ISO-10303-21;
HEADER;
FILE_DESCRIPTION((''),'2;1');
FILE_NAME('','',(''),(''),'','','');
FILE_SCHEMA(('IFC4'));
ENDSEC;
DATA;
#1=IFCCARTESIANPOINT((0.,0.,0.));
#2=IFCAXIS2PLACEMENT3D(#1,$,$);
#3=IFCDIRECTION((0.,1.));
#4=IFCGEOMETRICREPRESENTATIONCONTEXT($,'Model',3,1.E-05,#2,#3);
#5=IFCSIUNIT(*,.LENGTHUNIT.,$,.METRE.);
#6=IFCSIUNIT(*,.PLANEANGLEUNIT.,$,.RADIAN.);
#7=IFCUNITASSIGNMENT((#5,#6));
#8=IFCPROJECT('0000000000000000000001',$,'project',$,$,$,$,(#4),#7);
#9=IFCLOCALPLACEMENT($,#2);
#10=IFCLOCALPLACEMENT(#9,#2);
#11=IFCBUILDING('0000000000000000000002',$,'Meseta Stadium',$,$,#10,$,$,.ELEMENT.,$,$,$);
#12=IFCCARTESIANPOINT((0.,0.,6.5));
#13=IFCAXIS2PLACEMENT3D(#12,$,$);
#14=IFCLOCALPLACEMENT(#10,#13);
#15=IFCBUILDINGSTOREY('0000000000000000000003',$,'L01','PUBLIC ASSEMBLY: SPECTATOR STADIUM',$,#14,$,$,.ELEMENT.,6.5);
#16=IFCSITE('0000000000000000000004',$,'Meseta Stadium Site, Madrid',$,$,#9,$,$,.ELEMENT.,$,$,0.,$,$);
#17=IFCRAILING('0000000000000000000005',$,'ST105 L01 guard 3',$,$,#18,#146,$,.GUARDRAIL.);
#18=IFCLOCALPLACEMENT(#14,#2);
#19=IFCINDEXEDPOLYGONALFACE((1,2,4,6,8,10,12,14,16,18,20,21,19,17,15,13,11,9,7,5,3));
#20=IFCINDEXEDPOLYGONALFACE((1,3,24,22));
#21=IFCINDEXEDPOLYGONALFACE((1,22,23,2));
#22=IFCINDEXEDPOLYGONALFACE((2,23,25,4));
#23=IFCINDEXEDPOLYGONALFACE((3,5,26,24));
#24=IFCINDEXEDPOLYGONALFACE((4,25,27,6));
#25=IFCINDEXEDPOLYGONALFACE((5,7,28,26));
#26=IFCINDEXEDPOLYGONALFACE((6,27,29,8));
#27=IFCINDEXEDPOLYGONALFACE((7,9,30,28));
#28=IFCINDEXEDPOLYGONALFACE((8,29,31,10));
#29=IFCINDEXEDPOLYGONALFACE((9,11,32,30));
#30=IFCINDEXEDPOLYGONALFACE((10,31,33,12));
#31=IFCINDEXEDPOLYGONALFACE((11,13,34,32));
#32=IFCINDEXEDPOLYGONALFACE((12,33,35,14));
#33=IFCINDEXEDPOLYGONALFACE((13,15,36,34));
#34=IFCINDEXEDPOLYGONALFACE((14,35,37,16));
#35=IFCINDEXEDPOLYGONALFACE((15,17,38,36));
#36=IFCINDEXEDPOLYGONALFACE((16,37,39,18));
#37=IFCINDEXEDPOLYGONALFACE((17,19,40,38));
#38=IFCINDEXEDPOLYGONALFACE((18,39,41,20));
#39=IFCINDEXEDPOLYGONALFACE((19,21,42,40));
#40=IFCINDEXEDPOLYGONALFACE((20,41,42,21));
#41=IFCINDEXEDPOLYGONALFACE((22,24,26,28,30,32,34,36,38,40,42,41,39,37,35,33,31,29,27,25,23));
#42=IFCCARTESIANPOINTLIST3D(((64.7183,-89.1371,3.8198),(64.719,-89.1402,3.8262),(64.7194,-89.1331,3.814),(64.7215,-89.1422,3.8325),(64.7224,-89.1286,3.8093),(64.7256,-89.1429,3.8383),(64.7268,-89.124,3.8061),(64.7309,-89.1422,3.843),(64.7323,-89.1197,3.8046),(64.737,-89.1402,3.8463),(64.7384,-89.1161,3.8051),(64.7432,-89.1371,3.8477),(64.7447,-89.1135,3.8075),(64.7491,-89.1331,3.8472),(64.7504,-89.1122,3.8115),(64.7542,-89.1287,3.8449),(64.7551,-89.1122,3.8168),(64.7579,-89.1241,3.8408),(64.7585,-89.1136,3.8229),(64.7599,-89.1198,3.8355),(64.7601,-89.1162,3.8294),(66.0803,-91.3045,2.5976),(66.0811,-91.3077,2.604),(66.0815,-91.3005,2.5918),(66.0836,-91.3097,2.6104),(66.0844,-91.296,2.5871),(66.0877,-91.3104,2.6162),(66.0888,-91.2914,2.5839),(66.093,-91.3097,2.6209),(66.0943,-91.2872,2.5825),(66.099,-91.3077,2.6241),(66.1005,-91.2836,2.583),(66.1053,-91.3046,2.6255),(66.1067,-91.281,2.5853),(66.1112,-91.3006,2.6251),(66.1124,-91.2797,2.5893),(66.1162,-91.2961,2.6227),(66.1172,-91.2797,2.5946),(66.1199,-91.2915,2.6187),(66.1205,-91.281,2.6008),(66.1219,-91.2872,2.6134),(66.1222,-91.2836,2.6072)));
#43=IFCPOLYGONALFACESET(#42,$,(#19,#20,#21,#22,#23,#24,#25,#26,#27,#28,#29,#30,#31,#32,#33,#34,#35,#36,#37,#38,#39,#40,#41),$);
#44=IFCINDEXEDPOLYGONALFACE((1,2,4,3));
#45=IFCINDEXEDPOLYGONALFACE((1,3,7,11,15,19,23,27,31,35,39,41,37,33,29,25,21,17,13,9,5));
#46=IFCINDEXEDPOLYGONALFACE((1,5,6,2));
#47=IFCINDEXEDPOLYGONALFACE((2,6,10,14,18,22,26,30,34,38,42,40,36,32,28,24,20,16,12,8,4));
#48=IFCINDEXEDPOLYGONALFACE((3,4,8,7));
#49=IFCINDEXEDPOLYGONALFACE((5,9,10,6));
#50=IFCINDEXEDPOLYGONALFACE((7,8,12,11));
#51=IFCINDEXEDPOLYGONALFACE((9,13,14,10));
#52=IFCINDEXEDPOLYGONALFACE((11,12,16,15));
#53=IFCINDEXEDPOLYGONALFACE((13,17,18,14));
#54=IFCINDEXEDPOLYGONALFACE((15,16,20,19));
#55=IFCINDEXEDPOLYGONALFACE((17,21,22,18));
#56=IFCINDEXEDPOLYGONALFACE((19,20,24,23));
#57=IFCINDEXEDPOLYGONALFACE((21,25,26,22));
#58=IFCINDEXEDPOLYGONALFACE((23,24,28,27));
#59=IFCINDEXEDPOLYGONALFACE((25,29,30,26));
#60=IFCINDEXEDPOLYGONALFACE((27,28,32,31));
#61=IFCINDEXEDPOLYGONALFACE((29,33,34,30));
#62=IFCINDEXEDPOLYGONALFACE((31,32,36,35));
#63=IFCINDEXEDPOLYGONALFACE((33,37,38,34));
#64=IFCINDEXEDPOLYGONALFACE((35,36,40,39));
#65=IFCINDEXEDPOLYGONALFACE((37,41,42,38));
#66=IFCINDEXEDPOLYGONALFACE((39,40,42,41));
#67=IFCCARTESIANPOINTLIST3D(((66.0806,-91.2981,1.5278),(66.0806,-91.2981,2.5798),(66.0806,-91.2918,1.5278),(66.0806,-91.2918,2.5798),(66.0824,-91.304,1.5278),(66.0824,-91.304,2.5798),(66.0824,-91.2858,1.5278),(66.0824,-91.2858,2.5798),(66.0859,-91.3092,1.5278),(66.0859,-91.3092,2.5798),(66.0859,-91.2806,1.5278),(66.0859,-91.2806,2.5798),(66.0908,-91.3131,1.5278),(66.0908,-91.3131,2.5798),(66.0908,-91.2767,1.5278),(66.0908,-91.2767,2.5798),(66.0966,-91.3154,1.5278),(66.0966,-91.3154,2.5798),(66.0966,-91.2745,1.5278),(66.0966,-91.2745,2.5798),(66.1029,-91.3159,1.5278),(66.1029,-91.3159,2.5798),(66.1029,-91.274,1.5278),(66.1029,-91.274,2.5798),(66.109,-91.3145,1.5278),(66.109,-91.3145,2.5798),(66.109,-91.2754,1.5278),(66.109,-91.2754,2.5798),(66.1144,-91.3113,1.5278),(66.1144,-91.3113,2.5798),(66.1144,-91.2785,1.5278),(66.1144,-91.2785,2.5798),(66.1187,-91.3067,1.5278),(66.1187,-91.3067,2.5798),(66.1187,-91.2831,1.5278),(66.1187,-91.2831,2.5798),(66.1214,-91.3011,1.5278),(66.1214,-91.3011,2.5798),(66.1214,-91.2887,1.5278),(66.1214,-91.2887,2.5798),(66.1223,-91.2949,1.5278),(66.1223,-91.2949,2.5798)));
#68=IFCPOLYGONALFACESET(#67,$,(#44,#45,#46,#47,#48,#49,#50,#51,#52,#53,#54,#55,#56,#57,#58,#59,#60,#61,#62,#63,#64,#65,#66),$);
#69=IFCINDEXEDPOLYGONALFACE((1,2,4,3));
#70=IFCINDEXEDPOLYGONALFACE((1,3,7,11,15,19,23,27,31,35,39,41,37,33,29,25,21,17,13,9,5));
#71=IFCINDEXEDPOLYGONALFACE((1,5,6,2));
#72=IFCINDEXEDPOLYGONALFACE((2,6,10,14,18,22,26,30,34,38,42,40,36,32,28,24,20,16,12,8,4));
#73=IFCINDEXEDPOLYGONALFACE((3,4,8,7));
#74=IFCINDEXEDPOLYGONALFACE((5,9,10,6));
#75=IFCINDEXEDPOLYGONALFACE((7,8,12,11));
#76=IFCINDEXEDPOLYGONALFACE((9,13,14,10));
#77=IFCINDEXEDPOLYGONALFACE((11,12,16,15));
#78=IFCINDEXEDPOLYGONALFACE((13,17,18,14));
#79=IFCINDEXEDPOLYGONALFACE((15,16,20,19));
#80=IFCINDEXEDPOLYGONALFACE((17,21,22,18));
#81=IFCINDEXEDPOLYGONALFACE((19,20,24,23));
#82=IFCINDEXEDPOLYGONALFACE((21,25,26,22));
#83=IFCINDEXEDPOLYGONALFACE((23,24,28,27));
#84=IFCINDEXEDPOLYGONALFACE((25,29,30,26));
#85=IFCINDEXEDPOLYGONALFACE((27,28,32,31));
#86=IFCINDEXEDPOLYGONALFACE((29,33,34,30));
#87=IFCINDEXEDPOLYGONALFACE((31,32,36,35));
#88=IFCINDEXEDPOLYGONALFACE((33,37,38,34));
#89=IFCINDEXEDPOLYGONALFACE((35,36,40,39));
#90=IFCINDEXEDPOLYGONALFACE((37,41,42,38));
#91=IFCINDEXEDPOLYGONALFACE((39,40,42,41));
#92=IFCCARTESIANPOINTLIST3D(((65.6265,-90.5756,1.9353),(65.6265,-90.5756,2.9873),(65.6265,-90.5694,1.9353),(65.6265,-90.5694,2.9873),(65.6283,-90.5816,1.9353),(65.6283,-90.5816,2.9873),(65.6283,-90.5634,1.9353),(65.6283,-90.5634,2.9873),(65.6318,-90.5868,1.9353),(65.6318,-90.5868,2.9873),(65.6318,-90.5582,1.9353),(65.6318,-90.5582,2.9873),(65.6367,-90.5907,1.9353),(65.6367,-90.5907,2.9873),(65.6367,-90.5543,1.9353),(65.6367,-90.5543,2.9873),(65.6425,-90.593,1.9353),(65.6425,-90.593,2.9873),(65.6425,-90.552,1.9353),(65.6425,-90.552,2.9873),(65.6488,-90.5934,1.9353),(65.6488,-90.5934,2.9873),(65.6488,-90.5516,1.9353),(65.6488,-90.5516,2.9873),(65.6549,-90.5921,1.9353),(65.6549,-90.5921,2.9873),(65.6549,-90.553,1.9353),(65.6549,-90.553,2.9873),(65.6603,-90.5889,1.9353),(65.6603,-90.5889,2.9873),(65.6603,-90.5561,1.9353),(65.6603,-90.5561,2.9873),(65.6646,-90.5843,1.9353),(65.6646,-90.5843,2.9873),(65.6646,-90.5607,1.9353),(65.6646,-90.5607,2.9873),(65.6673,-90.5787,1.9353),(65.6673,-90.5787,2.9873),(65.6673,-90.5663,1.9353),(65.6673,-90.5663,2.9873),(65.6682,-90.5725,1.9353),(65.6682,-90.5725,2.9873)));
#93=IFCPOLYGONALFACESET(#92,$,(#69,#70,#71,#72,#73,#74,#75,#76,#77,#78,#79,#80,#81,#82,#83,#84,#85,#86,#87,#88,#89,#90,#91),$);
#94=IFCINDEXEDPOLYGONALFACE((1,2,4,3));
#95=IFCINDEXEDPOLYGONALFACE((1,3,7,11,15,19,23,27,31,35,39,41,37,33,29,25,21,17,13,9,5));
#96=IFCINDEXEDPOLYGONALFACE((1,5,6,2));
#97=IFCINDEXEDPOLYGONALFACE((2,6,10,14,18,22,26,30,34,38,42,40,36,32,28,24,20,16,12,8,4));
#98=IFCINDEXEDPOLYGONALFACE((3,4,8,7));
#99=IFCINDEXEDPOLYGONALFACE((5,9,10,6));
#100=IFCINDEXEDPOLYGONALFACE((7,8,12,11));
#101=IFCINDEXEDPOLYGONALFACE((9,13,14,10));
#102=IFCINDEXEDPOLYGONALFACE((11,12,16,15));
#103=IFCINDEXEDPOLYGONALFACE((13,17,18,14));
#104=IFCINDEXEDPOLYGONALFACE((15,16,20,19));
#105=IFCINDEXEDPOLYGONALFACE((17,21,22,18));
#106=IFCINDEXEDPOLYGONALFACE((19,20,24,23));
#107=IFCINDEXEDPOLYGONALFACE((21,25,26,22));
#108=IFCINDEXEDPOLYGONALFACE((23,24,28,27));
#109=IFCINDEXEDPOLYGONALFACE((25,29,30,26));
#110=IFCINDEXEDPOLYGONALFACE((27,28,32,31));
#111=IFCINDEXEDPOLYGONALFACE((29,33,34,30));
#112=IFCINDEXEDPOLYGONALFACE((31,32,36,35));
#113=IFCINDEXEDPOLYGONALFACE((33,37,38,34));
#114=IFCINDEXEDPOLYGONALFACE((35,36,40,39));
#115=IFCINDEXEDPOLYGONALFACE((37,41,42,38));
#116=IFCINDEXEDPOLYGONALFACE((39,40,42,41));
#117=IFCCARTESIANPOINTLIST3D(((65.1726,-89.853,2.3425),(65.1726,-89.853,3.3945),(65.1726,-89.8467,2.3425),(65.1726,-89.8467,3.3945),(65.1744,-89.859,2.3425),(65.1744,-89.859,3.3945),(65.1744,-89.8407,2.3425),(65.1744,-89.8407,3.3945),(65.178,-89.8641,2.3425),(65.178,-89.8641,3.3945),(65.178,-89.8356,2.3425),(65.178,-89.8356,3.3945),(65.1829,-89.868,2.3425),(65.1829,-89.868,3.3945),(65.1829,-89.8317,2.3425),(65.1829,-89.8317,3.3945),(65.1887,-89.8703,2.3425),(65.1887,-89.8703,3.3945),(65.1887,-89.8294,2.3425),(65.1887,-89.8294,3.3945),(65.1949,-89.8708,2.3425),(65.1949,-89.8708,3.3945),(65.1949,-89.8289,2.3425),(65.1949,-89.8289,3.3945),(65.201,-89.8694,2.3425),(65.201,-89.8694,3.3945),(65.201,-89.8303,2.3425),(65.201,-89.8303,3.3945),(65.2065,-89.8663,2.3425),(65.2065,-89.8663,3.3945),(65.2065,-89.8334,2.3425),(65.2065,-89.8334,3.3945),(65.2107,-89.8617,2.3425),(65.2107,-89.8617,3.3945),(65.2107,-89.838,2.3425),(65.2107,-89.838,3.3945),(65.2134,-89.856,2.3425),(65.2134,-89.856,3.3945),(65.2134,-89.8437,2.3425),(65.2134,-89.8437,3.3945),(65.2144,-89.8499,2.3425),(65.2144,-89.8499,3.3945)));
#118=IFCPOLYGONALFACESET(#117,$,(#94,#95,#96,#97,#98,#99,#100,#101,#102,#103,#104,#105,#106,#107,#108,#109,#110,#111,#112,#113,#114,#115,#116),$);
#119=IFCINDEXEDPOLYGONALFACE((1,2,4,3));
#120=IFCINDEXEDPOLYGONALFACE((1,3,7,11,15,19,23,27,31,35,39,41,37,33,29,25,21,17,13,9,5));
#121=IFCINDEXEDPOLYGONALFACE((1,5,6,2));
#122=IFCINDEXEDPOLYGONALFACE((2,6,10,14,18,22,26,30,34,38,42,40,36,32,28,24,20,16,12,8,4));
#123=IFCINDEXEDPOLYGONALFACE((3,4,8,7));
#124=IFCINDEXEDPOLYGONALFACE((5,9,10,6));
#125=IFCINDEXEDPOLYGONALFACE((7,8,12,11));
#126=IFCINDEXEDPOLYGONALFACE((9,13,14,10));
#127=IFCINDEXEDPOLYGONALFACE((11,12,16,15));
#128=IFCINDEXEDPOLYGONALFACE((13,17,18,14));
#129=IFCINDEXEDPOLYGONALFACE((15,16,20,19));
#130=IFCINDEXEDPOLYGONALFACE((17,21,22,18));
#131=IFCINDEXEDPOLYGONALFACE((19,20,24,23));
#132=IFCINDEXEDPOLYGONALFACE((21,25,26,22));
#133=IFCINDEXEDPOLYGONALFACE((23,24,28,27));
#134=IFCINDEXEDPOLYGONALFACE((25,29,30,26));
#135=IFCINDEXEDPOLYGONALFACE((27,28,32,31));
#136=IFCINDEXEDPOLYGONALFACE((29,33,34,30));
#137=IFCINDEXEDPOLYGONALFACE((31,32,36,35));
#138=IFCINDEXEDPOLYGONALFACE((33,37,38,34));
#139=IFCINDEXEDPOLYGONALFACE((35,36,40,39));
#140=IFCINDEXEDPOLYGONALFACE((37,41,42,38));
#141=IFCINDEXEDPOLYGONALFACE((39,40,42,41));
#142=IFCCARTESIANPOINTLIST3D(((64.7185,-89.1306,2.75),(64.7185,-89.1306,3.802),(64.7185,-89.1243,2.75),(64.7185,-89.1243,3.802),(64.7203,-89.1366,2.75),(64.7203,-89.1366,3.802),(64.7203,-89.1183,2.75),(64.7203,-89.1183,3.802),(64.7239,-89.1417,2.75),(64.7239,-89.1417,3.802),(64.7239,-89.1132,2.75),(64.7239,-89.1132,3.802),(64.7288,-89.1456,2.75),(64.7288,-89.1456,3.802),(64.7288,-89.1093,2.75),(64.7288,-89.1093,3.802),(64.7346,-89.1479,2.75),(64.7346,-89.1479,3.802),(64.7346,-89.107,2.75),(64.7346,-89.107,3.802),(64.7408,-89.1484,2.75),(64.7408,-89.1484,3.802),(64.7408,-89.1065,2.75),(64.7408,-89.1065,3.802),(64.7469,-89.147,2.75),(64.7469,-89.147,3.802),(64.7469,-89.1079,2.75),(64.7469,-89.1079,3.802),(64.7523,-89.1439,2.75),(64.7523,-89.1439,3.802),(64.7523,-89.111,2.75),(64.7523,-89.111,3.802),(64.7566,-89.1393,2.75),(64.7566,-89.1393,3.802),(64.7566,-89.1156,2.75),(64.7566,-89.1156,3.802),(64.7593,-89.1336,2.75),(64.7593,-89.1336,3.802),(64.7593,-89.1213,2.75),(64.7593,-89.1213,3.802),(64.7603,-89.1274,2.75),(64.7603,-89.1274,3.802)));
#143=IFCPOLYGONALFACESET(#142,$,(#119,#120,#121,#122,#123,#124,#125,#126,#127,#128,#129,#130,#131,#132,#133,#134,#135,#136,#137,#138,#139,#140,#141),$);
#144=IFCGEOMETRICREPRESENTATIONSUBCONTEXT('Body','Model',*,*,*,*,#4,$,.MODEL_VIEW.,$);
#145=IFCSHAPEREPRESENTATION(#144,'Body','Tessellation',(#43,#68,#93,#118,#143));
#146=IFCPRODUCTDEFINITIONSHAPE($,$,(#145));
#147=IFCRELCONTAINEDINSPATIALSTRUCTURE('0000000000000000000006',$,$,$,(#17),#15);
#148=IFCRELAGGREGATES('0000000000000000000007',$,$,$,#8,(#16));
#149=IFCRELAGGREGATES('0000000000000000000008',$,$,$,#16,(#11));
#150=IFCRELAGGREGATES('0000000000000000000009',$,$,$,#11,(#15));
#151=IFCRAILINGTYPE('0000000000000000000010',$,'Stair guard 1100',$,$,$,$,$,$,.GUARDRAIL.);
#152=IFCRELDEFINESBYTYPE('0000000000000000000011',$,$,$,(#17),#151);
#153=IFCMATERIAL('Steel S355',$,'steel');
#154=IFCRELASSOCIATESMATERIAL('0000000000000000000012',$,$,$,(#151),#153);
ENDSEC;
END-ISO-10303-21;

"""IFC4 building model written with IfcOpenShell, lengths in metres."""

from ifc_helpers import new_model, si_unit, direction, frame, origin, origin_2d, place, context, subcontext, project, spatial, circle, extrude, material, type_object, element, save


model = new_model("IFC4")

# Units and contexts
model_context = context("Model", 3, precision=1e-05, world=origin(), true_north=direction((0.0, 1.0)))
body_context = subcontext(model_context, "Body", "Model", "MODEL_VIEW")
ifc_project = project(units=[si_unit("LENGTHUNIT", "METRE"), si_unit("PLANEANGLEUNIT", "RADIAN")], contexts=[model_context])

# Site, building, storey
site_placement = place(None, origin())
site = spatial("IfcSite", under=ifc_project, at=site_placement, Name="Meseta Stadium Site, Madrid", CompositionType="ELEMENT", RefElevation=0.0)
building_placement = place(site_placement, origin())
building = spatial("IfcBuilding", under=site, at=building_placement, Name="Meseta Stadium", CompositionType="ELEMENT")
storey_placement = place(building_placement, frame((0.0, 0.0, 6.5)))
storey = spatial("IfcBuildingStorey", under=building, at=storey_placement, Name="L01", Description="PUBLIC ASSEMBLY: SPECTATOR STADIUM", CompositionType="ELEMENT", Elevation=6.5)

# Railing
ifc_material_1 = material(Name="Steel S355", Category="steel")
railing_type_1 = type_object("IfcRailingType", Name="Stair guard 1100", PredefinedType="GUARDRAIL", material=ifc_material_1)
railing_1_placement = place(storey_placement, frame((66.1013, -91.2949, 1.5278)))
element("IfcRailing", 1, at=railing_1_placement, inside=storey, type_object=railing_type_1, Name="ST105 L01 guard 3", PredefinedType="GUARDRAIL", context=body_context, shape_type="SweptSolid", body=[
    extrude(circle(Radius=0.0239, at=origin_2d()), frame((0.0, 0.0, 1.0762), z_axis=(-0.480156, 0.764085, 0.430841), x_axis=(-0.846699, -0.532072, 0.0)), (0.0, 0.0, 1.0), 2.8367),
    extrude(circle(Radius=0.021, at=origin_2d()), origin(), (0.0, 0.0, 1.0), 1.052),
    extrude(circle(Radius=0.021, at=origin_2d()), frame((-0.4541, 0.7224, 0.4075)), (0.0, 0.0, 1.0), 1.052),
    extrude(circle(Radius=0.021, at=origin_2d()), frame((-0.908, 1.4451, 0.8147)), (0.0, 0.0, 1.0), 1.052),
    extrude(circle(Radius=0.021, at=origin_2d()), frame((-1.3621, 2.1675, 1.2222)), (0.0, 0.0, 1.0), 1.052),
])

save(model, "model.ifc")
